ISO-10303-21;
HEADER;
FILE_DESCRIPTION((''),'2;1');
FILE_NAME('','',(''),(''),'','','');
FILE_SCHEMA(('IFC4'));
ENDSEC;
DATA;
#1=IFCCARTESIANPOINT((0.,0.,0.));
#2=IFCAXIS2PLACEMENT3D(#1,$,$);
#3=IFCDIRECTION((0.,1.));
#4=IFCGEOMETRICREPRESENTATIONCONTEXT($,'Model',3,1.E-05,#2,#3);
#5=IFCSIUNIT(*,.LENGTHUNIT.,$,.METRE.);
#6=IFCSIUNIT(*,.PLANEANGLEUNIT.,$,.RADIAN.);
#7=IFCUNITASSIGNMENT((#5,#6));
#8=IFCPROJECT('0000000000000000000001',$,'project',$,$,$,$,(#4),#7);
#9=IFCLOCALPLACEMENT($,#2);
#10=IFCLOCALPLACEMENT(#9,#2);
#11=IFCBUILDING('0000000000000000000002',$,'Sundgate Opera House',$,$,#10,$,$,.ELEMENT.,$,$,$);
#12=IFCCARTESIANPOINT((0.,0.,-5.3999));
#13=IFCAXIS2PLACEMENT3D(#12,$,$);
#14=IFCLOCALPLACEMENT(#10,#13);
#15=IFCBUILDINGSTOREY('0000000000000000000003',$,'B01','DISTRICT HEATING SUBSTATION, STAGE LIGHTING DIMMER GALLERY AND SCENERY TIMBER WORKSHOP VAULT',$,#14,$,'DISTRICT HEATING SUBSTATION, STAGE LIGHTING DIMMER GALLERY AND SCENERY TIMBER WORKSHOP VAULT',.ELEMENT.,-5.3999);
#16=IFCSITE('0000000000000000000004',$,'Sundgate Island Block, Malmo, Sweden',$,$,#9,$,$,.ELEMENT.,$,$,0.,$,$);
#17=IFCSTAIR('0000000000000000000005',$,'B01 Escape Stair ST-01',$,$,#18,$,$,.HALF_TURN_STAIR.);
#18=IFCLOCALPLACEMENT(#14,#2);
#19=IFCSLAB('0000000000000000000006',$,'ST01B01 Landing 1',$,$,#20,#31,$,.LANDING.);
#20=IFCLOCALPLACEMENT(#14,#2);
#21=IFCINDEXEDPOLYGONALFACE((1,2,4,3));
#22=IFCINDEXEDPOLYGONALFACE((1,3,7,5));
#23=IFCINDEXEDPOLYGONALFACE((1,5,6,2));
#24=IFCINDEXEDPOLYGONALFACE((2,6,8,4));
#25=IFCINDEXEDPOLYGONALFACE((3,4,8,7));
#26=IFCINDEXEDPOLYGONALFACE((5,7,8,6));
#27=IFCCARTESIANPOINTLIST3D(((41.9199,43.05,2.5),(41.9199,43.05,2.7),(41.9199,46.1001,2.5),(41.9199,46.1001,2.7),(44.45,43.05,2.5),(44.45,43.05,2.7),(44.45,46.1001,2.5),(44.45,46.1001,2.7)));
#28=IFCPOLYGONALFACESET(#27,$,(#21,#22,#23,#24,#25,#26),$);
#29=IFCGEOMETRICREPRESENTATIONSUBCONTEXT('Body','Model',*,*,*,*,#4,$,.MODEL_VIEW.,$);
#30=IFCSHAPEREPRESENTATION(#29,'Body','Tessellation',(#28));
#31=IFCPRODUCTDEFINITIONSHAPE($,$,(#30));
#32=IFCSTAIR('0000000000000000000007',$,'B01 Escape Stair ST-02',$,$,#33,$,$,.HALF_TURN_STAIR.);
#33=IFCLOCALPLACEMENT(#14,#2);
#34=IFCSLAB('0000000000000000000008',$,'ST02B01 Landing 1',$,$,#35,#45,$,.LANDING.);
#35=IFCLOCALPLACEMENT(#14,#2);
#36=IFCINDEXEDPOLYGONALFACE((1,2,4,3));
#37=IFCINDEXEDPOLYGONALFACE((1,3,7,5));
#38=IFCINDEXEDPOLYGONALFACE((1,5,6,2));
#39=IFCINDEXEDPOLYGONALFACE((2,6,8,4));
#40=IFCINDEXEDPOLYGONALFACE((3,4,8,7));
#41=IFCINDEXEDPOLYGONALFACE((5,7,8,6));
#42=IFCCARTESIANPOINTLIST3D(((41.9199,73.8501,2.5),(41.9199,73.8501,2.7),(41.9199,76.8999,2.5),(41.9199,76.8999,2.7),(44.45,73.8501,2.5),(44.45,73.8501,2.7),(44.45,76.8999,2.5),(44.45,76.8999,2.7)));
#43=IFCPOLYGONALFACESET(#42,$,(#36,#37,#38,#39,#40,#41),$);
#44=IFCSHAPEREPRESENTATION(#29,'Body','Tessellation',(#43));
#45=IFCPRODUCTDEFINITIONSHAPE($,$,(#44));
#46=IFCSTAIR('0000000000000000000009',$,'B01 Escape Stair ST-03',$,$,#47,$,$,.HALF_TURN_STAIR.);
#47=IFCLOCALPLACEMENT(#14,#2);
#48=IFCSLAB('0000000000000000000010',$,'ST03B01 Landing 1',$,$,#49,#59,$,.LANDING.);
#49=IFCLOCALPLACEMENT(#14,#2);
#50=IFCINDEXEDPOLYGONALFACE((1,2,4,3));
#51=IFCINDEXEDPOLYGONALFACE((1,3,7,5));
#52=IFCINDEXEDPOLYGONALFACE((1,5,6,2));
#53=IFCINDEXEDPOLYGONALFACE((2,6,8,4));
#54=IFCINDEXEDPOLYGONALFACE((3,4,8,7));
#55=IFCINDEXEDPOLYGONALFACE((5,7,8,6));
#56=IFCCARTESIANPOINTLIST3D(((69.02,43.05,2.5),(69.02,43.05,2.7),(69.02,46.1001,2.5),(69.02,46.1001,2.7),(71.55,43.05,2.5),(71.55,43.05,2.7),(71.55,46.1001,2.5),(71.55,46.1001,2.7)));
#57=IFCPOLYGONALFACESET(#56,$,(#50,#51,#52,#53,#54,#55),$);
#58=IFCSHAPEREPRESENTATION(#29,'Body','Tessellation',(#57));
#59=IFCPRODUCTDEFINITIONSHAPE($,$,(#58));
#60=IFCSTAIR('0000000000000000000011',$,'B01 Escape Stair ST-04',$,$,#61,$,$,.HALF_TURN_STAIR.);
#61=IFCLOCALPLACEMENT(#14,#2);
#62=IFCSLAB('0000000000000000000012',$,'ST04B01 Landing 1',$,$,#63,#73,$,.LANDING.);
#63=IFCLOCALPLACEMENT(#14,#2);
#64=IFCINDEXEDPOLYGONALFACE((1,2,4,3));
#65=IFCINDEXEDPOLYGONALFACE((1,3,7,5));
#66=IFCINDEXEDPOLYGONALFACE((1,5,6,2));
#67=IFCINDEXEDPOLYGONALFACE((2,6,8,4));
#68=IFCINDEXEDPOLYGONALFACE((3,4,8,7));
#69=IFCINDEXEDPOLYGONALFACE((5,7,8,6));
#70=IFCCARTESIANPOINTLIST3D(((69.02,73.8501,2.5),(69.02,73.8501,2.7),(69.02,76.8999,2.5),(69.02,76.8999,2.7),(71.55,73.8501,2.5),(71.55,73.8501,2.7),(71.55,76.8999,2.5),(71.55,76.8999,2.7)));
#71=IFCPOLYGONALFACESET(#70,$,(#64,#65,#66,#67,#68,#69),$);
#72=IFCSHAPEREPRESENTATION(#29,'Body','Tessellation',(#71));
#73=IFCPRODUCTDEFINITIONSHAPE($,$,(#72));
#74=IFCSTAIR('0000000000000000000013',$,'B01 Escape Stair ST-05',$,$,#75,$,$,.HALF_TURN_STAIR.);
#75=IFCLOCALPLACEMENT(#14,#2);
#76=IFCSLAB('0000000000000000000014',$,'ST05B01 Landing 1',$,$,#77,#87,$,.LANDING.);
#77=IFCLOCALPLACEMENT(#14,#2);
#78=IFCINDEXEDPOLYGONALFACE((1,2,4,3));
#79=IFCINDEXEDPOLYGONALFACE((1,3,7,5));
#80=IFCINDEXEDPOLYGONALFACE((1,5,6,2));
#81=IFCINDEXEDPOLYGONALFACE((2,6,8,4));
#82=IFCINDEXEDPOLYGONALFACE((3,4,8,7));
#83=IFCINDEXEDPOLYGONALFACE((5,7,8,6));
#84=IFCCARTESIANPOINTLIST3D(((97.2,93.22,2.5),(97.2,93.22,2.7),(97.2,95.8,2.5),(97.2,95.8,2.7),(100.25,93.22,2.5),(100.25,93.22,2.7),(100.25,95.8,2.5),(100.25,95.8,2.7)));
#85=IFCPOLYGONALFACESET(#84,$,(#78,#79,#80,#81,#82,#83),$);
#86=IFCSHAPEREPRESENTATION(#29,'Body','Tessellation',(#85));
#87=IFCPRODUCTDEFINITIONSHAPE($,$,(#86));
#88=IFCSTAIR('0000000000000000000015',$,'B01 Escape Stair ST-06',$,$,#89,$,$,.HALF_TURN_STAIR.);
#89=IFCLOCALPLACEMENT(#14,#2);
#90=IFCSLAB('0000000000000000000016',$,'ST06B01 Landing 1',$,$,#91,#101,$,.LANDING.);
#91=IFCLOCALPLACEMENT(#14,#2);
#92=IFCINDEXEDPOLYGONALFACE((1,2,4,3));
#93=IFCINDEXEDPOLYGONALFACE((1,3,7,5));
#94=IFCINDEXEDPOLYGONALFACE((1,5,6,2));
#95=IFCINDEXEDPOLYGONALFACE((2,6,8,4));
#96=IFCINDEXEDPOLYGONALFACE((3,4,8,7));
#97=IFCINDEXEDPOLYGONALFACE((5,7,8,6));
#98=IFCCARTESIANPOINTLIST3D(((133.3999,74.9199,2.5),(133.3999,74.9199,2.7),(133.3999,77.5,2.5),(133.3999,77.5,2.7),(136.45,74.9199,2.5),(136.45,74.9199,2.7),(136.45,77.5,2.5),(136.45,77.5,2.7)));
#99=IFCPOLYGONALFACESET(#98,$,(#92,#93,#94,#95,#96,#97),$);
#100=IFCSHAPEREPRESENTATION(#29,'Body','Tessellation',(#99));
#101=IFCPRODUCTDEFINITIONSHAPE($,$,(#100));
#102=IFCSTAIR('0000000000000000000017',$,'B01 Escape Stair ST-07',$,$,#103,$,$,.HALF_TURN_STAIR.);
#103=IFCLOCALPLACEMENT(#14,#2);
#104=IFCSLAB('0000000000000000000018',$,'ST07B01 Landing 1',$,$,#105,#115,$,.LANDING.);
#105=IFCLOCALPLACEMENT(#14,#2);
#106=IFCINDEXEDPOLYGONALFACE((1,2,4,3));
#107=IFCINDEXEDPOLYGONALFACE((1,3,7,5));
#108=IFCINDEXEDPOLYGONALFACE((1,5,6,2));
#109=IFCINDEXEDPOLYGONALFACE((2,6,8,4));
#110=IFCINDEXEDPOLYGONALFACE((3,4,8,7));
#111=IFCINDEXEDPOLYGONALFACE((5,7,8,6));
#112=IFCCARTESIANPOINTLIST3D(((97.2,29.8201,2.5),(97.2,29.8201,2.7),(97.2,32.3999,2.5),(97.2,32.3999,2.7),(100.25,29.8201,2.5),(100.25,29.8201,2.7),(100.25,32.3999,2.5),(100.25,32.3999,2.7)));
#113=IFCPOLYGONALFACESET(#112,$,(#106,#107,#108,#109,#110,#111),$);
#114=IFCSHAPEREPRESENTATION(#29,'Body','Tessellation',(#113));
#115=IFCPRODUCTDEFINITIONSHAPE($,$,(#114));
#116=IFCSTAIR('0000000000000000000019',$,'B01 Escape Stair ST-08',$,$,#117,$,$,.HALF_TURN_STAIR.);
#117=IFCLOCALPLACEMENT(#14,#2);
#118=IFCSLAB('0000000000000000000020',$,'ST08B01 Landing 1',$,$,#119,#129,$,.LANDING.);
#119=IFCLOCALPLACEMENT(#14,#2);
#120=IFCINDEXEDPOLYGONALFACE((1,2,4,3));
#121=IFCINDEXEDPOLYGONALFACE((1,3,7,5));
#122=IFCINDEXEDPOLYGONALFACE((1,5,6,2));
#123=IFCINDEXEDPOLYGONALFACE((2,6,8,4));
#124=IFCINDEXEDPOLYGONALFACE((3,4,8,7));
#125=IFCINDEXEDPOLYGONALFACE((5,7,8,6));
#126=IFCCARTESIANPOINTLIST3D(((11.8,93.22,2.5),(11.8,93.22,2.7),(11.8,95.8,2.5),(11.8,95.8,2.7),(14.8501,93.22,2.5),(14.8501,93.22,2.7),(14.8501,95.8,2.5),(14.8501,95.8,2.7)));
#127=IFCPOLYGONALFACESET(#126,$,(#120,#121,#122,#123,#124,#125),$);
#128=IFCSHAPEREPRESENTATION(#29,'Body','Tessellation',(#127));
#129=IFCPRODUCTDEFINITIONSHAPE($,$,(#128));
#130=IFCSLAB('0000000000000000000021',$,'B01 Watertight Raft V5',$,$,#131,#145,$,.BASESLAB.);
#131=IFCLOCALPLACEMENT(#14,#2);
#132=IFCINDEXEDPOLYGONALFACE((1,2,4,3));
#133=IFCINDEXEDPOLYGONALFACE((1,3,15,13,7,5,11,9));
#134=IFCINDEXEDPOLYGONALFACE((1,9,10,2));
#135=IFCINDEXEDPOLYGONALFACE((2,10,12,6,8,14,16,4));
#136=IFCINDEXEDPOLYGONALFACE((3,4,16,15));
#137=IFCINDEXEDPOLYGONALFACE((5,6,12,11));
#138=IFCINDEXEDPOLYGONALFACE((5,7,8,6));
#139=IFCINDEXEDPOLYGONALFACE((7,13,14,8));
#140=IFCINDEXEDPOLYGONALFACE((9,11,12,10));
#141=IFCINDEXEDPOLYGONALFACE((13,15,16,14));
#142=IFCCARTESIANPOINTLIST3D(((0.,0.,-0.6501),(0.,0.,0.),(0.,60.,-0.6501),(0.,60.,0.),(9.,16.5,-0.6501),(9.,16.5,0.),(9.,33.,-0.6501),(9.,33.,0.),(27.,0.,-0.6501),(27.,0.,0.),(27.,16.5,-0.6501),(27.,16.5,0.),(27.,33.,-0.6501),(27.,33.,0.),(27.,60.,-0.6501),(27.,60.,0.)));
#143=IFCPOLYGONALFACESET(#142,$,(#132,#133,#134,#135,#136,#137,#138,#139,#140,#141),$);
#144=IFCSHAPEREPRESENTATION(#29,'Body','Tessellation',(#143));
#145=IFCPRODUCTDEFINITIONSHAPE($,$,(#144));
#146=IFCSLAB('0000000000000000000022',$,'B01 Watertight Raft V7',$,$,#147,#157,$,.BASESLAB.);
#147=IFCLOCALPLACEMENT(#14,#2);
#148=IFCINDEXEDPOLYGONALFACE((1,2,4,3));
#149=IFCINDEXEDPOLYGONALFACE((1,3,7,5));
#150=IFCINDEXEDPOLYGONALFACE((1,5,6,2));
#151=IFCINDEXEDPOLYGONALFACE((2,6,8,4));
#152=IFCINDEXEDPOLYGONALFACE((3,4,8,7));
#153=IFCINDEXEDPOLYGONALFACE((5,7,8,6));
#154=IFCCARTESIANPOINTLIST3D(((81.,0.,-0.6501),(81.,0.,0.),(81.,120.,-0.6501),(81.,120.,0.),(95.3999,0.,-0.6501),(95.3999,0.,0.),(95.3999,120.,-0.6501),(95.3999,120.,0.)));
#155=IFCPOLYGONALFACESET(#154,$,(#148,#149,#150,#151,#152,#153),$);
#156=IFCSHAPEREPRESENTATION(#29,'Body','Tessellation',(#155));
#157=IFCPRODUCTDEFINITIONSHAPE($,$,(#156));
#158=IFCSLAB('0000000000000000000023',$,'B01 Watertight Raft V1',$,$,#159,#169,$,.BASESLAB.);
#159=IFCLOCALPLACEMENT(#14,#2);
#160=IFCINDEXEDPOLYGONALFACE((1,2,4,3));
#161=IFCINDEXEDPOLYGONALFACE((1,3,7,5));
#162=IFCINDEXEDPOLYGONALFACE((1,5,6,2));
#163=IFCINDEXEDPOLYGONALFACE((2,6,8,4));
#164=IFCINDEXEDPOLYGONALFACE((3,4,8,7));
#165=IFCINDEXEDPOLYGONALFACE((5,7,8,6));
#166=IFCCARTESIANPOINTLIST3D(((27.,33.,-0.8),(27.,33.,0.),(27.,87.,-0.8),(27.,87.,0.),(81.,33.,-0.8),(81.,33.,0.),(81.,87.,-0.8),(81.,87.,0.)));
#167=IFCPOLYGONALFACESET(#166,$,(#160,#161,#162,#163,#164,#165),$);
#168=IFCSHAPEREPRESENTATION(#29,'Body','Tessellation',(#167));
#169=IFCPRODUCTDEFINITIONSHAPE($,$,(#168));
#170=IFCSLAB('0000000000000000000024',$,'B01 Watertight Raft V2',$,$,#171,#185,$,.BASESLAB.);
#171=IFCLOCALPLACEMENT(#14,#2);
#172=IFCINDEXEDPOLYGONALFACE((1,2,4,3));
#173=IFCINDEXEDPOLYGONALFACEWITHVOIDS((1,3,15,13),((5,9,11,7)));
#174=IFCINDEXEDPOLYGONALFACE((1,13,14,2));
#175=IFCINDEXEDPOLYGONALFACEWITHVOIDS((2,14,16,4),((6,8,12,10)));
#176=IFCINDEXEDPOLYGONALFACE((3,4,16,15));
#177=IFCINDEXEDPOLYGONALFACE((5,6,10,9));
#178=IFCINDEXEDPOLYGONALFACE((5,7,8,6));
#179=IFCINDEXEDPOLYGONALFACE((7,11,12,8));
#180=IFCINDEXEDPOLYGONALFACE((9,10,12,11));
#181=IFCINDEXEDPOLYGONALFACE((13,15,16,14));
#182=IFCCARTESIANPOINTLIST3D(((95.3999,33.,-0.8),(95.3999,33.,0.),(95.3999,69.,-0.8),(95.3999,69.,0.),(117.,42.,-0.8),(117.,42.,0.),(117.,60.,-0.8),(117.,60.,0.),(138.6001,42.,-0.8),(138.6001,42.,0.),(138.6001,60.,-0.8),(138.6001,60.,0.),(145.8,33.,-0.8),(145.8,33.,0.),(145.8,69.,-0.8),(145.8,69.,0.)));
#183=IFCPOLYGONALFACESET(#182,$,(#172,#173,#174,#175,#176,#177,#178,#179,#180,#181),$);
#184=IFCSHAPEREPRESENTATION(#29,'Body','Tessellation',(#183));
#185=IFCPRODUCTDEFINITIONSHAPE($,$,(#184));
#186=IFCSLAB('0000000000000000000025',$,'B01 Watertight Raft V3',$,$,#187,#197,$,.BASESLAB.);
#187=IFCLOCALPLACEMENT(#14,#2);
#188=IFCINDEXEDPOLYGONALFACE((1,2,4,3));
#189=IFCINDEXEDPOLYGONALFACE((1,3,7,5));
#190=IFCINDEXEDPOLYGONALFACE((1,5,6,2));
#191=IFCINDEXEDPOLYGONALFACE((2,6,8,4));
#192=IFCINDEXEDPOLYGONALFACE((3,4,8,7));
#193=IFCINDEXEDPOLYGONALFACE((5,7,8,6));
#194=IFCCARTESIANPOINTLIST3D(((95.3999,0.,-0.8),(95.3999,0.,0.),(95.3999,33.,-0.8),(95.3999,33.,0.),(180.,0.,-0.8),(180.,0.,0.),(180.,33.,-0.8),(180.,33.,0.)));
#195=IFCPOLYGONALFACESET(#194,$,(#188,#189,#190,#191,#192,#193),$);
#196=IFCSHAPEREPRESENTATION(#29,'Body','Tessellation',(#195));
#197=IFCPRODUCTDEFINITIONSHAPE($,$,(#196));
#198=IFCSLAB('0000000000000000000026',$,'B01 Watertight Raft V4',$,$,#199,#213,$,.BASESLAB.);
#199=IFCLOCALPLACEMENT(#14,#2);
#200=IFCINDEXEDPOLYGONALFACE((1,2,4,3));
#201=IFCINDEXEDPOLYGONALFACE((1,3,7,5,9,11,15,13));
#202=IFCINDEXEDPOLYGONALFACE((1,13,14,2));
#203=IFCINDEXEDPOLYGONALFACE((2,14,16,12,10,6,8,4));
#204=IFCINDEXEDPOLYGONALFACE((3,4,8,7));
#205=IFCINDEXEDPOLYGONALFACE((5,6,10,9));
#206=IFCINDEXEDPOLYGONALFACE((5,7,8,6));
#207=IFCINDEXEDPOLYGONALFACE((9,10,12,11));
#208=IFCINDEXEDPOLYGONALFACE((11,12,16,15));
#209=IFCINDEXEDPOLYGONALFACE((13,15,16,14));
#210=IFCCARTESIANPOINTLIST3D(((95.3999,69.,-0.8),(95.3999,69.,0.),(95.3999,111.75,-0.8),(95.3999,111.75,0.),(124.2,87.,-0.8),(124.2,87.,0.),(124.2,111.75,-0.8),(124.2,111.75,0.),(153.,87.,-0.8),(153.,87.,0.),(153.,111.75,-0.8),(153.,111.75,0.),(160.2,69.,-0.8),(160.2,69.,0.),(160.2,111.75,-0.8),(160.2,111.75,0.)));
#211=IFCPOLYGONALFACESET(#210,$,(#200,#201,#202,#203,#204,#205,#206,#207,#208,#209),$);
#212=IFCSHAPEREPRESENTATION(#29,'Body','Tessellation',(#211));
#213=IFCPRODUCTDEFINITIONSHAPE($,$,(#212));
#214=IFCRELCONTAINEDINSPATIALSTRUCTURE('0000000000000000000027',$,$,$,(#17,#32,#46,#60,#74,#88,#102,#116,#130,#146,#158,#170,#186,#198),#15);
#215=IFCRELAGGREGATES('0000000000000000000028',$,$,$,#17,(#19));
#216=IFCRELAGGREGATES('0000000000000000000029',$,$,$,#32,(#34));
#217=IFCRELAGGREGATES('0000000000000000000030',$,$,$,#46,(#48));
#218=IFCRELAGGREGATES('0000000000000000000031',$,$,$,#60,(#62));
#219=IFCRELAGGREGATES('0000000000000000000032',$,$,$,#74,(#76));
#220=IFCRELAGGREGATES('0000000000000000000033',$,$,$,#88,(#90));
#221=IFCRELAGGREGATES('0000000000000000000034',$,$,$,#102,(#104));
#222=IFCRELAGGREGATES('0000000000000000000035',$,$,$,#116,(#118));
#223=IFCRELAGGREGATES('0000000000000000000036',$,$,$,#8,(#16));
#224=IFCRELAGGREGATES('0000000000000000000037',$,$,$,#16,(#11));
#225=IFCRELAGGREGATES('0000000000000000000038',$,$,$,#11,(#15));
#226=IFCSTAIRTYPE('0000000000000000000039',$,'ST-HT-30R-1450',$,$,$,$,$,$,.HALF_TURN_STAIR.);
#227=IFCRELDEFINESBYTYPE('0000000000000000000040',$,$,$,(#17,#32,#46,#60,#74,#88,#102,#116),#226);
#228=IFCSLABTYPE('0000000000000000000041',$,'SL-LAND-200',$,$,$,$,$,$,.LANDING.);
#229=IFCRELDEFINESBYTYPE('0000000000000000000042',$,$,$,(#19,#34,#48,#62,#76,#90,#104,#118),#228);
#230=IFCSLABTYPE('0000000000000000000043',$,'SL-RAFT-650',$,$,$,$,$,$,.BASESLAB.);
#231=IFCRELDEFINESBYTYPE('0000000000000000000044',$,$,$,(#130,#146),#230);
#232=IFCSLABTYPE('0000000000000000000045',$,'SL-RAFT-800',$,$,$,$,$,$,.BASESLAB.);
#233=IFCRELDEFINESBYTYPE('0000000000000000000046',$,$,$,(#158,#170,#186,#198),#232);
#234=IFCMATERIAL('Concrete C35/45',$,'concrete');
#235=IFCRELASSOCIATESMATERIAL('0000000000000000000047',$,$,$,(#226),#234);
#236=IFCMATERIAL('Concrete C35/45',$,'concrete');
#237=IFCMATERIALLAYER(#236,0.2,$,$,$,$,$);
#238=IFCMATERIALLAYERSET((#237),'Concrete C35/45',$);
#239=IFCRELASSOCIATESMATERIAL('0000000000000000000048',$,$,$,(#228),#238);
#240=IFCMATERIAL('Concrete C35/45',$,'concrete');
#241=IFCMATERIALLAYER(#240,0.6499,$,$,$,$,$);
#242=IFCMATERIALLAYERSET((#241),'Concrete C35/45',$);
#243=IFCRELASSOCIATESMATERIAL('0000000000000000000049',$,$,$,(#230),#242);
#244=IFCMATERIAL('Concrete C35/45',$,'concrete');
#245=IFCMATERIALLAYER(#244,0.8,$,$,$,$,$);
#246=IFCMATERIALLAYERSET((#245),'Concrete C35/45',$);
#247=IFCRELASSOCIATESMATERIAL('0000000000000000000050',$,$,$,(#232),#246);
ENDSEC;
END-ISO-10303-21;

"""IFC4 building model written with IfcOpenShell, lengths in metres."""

from ifc_helpers import new_model, si_unit, direction, frame, origin, place, context, subcontext, project, spatial, polyline, outline, extrude, material, layer, layer_set, type_object, element, aggregate, save


model = new_model("IFC4")

# Units and contexts
model_context = context("Model", 3, precision=1e-05, world=origin(), true_north=direction((0.0, 1.0)))
body_context = subcontext(model_context, "Body", "Model", "MODEL_VIEW")
ifc_project = project(units=[si_unit("LENGTHUNIT", "METRE"), si_unit("PLANEANGLEUNIT", "RADIAN")], contexts=[model_context])

# Site, building, storey
site_placement = place(None, origin())
site = spatial("IfcSite", under=ifc_project, at=site_placement, Name="Sundgate Island Block, Malmo, Sweden", CompositionType="ELEMENT", RefElevation=0.0)
building_placement = place(site_placement, origin())
building = spatial("IfcBuilding", under=site, at=building_placement, Name="Sundgate Opera House", CompositionType="ELEMENT")
storey_placement = place(building_placement, frame((0.0, 0.0, -5.3999)))
storey = spatial("IfcBuildingStorey", under=building, at=storey_placement, Name="B01", Description="DISTRICT HEATING SUBSTATION, STAGE LIGHTING DIMMER GALLERY AND SCENERY TIMBER WORKSHOP VAULT", LongName="DISTRICT HEATING SUBSTATION, STAGE LIGHTING DIMMER GALLERY AND SCENERY TIMBER WORKSHOP VAULT", CompositionType="ELEMENT", Elevation=-5.3999)

# Stairs, slabs
ifc_material_1 = material(Name="Concrete C35/45", Category="concrete")
stair_type = type_object("IfcStairType", Name="ST-HT-30R-1450", PredefinedType="HALF_TURN_STAIR", material=ifc_material_1)
stair_1_placement = place(storey_placement, origin())
stair_1 = element("IfcStair", 1, at=stair_1_placement, inside=storey, type_object=stair_type, Name="B01 Escape Stair ST-01", PredefinedType="HALF_TURN_STAIR")
ifc_material_2 = material(Name="Concrete C35/45", Category="concrete")
ifc_layer_1 = layer(ifc_material_2, 0.2)
ifc_layer_set_1 = layer_set([ifc_layer_1], Name="Concrete C35/45")
slab_type_1 = type_object("IfcSlabType", Name="SL-LAND-200", PredefinedType="LANDING", material=ifc_layer_set_1)
slab_1_placement = place(storey_placement, frame((0.0, 0.0, 2.5)))
slab_1 = element("IfcSlab", 2, at=slab_1_placement, type_object=slab_type_1, Name="ST01B01 Landing 1", PredefinedType="LANDING", context=body_context, shape_type="SweptSolid", body=[
    extrude(outline(polyline([(41.9199, 43.05), (44.45, 43.05), (44.45, 46.1001), (41.9199, 46.1001), (41.9199, 43.05)])), origin(), (0.0, 0.0, 1.0), 0.2),
])
aggregate(stair_1, [slab_1])
stair_2_placement = place(storey_placement, origin())
stair_2 = element("IfcStair", 3, at=stair_2_placement, inside=storey, type_object=stair_type, Name="B01 Escape Stair ST-02", PredefinedType="HALF_TURN_STAIR")
slab_2_placement = place(storey_placement, frame((0.0, 0.0, 2.5)))
slab_2 = element("IfcSlab", 4, at=slab_2_placement, type_object=slab_type_1, Name="ST02B01 Landing 1", PredefinedType="LANDING", context=body_context, shape_type="SweptSolid", body=[
    extrude(outline(polyline([(41.9199, 73.8501), (44.45, 73.8501), (44.45, 76.8999), (41.9199, 76.8999), (41.9199, 73.8501)])), origin(), (0.0, 0.0, 1.0), 0.2),
])
aggregate(stair_2, [slab_2])
stair_3_placement = place(storey_placement, origin())
stair_3 = element("IfcStair", 5, at=stair_3_placement, inside=storey, type_object=stair_type, Name="B01 Escape Stair ST-03", PredefinedType="HALF_TURN_STAIR")
slab_3_placement = place(storey_placement, frame((0.0, 0.0, 2.5)))
slab_3 = element("IfcSlab", 6, at=slab_3_placement, type_object=slab_type_1, Name="ST03B01 Landing 1", PredefinedType="LANDING", context=body_context, shape_type="SweptSolid", body=[
    extrude(outline(polyline([(69.02, 43.05), (71.55, 43.05), (71.55, 46.1001), (69.02, 46.1001), (69.02, 43.05)])), origin(), (0.0, 0.0, 1.0), 0.2),
])
aggregate(stair_3, [slab_3])
stair_4_placement = place(storey_placement, origin())
stair_4 = element("IfcStair", 7, at=stair_4_placement, inside=storey, type_object=stair_type, Name="B01 Escape Stair ST-04", PredefinedType="HALF_TURN_STAIR")
slab_4_placement = place(storey_placement, frame((0.0, 0.0, 2.5)))
slab_4 = element("IfcSlab", 8, at=slab_4_placement, type_object=slab_type_1, Name="ST04B01 Landing 1", PredefinedType="LANDING", context=body_context, shape_type="SweptSolid", body=[
    extrude(outline(polyline([(69.02, 73.8501), (71.55, 73.8501), (71.55, 76.8999), (69.02, 76.8999), (69.02, 73.8501)])), origin(), (0.0, 0.0, 1.0), 0.2),
])
aggregate(stair_4, [slab_4])
stair_5_placement = place(storey_placement, origin())
stair_5 = element("IfcStair", 9, at=stair_5_placement, inside=storey, type_object=stair_type, Name="B01 Escape Stair ST-05", PredefinedType="HALF_TURN_STAIR")
slab_5_placement = place(storey_placement, frame((0.0, 0.0, 2.5)))
slab_5 = element("IfcSlab", 10, at=slab_5_placement, type_object=slab_type_1, Name="ST05B01 Landing 1", PredefinedType="LANDING", context=body_context, shape_type="SweptSolid", body=[
    extrude(outline(polyline([(100.25, 93.22), (100.25, 95.8), (97.2, 95.8), (97.2, 93.22), (100.25, 93.22)])), origin(), (0.0, 0.0, 1.0), 0.2),
])
aggregate(stair_5, [slab_5])
stair_6_placement = place(storey_placement, origin())
stair_6 = element("IfcStair", 11, at=stair_6_placement, inside=storey, type_object=stair_type, Name="B01 Escape Stair ST-06", PredefinedType="HALF_TURN_STAIR")
slab_6_placement = place(storey_placement, frame((0.0, 0.0, 2.5)))
slab_6 = element("IfcSlab", 12, at=slab_6_placement, type_object=slab_type_1, Name="ST06B01 Landing 1", PredefinedType="LANDING", context=body_context, shape_type="SweptSolid", body=[
    extrude(outline(polyline([(136.45, 74.9199), (136.45, 77.5), (133.3999, 77.5), (133.3999, 74.9199), (136.45, 74.9199)])), origin(), (0.0, 0.0, 1.0), 0.2),
])
aggregate(stair_6, [slab_6])
stair_7_placement = place(storey_placement, origin())
stair_7 = element("IfcStair", 13, at=stair_7_placement, inside=storey, type_object=stair_type, Name="B01 Escape Stair ST-07", PredefinedType="HALF_TURN_STAIR")
slab_7_placement = place(storey_placement, frame((0.0, 0.0, 2.5)))
slab_7 = element("IfcSlab", 14, at=slab_7_placement, type_object=slab_type_1, Name="ST07B01 Landing 1", PredefinedType="LANDING", context=body_context, shape_type="SweptSolid", body=[
    extrude(outline(polyline([(100.25, 29.8201), (100.25, 32.3999), (97.2, 32.3999), (97.2, 29.8201), (100.25, 29.8201)])), origin(), (0.0, 0.0, 1.0), 0.2),
])
aggregate(stair_7, [slab_7])
stair_8_placement = place(storey_placement, origin())
stair_8 = element("IfcStair", 15, at=stair_8_placement, inside=storey, type_object=stair_type, Name="B01 Escape Stair ST-08", PredefinedType="HALF_TURN_STAIR")
slab_8_placement = place(storey_placement, frame((0.0, 0.0, 2.5)))
slab_8 = element("IfcSlab", 16, at=slab_8_placement, type_object=slab_type_1, Name="ST08B01 Landing 1", PredefinedType="LANDING", context=body_context, shape_type="SweptSolid", body=[
    extrude(outline(polyline([(14.8501, 93.22), (14.8501, 95.8), (11.8, 95.8), (11.8, 93.22), (14.8501, 93.22)])), origin(), (0.0, 0.0, 1.0), 0.2),
])
aggregate(stair_8, [slab_8])

# Slabs
ifc_material_3 = material(Name="Concrete C35/45", Category="concrete")
ifc_layer_2 = layer(ifc_material_3, 0.6499)
ifc_layer_set_2 = layer_set([ifc_layer_2], Name="Concrete C35/45")
slab_type_2 = type_object("IfcSlabType", Name="SL-RAFT-650", PredefinedType="BASESLAB", material=ifc_layer_set_2)
slab_9_placement = place(storey_placement, frame((0.0, 0.0, -0.6501)))
element("IfcSlab", 17, at=slab_9_placement, inside=storey, type_object=slab_type_2, Name="B01 Watertight Raft V5", PredefinedType="BASESLAB", context=body_context, shape_type="SweptSolid", body=[
    extrude(outline(polyline([(0.0, 0.0), (27.0, 0.0), (27.0, 16.5), (9.0, 16.5), (9.0, 33.0), (27.0, 33.0), (27.0, 60.0), (0.0, 60.0), (0.0, 0.0)])), origin(), (0.0, 0.0, 1.0), 0.6501),
])
slab_10_placement = place(storey_placement, frame((0.0, 0.0, -0.6501)))
element("IfcSlab", 18, at=slab_10_placement, inside=storey, type_object=slab_type_2, Name="B01 Watertight Raft V7", PredefinedType="BASESLAB", context=body_context, shape_type="SweptSolid", body=[
    extrude(outline(polyline([(81.0, 0.0), (95.3999, 0.0), (95.3999, 120.0), (81.0, 120.0), (81.0, 0.0)])), origin(), (0.0, 0.0, 1.0), 0.6501),
])
ifc_material_4 = material(Name="Concrete C35/45", Category="concrete")
ifc_layer_3 = layer(ifc_material_4, 0.8)
ifc_layer_set_3 = layer_set([ifc_layer_3], Name="Concrete C35/45")
slab_type_3 = type_object("IfcSlabType", Name="SL-RAFT-800", PredefinedType="BASESLAB", material=ifc_layer_set_3)
slab_11_placement = place(storey_placement, frame((0.0, 0.0, -0.8)))
element("IfcSlab", 19, at=slab_11_placement, inside=storey, type_object=slab_type_3, Name="B01 Watertight Raft V1", PredefinedType="BASESLAB", context=body_context, shape_type="SweptSolid", body=[
    extrude(outline(polyline([(27.0, 33.0), (81.0, 33.0), (81.0, 87.0), (27.0, 87.0), (27.0, 33.0)])), origin(), (0.0, 0.0, 1.0), 0.8),
])
slab_12_placement = place(storey_placement, frame((0.0, 0.0, -0.8)))
element("IfcSlab", 20, at=slab_12_placement, inside=storey, type_object=slab_type_3, Name="B01 Watertight Raft V2", PredefinedType="BASESLAB", context=body_context, shape_type="SweptSolid", body=[
    extrude(outline(polyline([(95.3999, 33.0), (145.8, 33.0), (145.8, 69.0), (95.3999, 69.0), (95.3999, 33.0)]), holes=[polyline([(117.0, 60.0), (138.6001, 60.0), (138.6001, 42.0), (117.0, 42.0), (117.0, 60.0)])]), origin(), (0.0, 0.0, 1.0), 0.8),
])
slab_13_placement = place(storey_placement, frame((0.0, 0.0, -0.8)))
element("IfcSlab", 21, at=slab_13_placement, inside=storey, type_object=slab_type_3, Name="B01 Watertight Raft V3", PredefinedType="BASESLAB", context=body_context, shape_type="SweptSolid", body=[
    extrude(outline(polyline([(95.3999, 0.0), (180.0, 0.0), (180.0, 33.0), (95.3999, 33.0), (95.3999, 0.0)])), origin(), (0.0, 0.0, 1.0), 0.8),
])
slab_14_placement = place(storey_placement, frame((0.0, 0.0, -0.8)))
element("IfcSlab", 22, at=slab_14_placement, inside=storey, type_object=slab_type_3, Name="B01 Watertight Raft V4", PredefinedType="BASESLAB", context=body_context, shape_type="SweptSolid", body=[
    extrude(outline(polyline([(95.3999, 69.0), (160.2, 69.0), (160.2, 111.75), (153.0, 111.75), (153.0, 87.0), (124.2, 87.0), (124.2, 111.75), (95.3999, 111.75), (95.3999, 69.0)])), origin(), (0.0, 0.0, 1.0), 0.8),
])

save(model, "model.ifc")
